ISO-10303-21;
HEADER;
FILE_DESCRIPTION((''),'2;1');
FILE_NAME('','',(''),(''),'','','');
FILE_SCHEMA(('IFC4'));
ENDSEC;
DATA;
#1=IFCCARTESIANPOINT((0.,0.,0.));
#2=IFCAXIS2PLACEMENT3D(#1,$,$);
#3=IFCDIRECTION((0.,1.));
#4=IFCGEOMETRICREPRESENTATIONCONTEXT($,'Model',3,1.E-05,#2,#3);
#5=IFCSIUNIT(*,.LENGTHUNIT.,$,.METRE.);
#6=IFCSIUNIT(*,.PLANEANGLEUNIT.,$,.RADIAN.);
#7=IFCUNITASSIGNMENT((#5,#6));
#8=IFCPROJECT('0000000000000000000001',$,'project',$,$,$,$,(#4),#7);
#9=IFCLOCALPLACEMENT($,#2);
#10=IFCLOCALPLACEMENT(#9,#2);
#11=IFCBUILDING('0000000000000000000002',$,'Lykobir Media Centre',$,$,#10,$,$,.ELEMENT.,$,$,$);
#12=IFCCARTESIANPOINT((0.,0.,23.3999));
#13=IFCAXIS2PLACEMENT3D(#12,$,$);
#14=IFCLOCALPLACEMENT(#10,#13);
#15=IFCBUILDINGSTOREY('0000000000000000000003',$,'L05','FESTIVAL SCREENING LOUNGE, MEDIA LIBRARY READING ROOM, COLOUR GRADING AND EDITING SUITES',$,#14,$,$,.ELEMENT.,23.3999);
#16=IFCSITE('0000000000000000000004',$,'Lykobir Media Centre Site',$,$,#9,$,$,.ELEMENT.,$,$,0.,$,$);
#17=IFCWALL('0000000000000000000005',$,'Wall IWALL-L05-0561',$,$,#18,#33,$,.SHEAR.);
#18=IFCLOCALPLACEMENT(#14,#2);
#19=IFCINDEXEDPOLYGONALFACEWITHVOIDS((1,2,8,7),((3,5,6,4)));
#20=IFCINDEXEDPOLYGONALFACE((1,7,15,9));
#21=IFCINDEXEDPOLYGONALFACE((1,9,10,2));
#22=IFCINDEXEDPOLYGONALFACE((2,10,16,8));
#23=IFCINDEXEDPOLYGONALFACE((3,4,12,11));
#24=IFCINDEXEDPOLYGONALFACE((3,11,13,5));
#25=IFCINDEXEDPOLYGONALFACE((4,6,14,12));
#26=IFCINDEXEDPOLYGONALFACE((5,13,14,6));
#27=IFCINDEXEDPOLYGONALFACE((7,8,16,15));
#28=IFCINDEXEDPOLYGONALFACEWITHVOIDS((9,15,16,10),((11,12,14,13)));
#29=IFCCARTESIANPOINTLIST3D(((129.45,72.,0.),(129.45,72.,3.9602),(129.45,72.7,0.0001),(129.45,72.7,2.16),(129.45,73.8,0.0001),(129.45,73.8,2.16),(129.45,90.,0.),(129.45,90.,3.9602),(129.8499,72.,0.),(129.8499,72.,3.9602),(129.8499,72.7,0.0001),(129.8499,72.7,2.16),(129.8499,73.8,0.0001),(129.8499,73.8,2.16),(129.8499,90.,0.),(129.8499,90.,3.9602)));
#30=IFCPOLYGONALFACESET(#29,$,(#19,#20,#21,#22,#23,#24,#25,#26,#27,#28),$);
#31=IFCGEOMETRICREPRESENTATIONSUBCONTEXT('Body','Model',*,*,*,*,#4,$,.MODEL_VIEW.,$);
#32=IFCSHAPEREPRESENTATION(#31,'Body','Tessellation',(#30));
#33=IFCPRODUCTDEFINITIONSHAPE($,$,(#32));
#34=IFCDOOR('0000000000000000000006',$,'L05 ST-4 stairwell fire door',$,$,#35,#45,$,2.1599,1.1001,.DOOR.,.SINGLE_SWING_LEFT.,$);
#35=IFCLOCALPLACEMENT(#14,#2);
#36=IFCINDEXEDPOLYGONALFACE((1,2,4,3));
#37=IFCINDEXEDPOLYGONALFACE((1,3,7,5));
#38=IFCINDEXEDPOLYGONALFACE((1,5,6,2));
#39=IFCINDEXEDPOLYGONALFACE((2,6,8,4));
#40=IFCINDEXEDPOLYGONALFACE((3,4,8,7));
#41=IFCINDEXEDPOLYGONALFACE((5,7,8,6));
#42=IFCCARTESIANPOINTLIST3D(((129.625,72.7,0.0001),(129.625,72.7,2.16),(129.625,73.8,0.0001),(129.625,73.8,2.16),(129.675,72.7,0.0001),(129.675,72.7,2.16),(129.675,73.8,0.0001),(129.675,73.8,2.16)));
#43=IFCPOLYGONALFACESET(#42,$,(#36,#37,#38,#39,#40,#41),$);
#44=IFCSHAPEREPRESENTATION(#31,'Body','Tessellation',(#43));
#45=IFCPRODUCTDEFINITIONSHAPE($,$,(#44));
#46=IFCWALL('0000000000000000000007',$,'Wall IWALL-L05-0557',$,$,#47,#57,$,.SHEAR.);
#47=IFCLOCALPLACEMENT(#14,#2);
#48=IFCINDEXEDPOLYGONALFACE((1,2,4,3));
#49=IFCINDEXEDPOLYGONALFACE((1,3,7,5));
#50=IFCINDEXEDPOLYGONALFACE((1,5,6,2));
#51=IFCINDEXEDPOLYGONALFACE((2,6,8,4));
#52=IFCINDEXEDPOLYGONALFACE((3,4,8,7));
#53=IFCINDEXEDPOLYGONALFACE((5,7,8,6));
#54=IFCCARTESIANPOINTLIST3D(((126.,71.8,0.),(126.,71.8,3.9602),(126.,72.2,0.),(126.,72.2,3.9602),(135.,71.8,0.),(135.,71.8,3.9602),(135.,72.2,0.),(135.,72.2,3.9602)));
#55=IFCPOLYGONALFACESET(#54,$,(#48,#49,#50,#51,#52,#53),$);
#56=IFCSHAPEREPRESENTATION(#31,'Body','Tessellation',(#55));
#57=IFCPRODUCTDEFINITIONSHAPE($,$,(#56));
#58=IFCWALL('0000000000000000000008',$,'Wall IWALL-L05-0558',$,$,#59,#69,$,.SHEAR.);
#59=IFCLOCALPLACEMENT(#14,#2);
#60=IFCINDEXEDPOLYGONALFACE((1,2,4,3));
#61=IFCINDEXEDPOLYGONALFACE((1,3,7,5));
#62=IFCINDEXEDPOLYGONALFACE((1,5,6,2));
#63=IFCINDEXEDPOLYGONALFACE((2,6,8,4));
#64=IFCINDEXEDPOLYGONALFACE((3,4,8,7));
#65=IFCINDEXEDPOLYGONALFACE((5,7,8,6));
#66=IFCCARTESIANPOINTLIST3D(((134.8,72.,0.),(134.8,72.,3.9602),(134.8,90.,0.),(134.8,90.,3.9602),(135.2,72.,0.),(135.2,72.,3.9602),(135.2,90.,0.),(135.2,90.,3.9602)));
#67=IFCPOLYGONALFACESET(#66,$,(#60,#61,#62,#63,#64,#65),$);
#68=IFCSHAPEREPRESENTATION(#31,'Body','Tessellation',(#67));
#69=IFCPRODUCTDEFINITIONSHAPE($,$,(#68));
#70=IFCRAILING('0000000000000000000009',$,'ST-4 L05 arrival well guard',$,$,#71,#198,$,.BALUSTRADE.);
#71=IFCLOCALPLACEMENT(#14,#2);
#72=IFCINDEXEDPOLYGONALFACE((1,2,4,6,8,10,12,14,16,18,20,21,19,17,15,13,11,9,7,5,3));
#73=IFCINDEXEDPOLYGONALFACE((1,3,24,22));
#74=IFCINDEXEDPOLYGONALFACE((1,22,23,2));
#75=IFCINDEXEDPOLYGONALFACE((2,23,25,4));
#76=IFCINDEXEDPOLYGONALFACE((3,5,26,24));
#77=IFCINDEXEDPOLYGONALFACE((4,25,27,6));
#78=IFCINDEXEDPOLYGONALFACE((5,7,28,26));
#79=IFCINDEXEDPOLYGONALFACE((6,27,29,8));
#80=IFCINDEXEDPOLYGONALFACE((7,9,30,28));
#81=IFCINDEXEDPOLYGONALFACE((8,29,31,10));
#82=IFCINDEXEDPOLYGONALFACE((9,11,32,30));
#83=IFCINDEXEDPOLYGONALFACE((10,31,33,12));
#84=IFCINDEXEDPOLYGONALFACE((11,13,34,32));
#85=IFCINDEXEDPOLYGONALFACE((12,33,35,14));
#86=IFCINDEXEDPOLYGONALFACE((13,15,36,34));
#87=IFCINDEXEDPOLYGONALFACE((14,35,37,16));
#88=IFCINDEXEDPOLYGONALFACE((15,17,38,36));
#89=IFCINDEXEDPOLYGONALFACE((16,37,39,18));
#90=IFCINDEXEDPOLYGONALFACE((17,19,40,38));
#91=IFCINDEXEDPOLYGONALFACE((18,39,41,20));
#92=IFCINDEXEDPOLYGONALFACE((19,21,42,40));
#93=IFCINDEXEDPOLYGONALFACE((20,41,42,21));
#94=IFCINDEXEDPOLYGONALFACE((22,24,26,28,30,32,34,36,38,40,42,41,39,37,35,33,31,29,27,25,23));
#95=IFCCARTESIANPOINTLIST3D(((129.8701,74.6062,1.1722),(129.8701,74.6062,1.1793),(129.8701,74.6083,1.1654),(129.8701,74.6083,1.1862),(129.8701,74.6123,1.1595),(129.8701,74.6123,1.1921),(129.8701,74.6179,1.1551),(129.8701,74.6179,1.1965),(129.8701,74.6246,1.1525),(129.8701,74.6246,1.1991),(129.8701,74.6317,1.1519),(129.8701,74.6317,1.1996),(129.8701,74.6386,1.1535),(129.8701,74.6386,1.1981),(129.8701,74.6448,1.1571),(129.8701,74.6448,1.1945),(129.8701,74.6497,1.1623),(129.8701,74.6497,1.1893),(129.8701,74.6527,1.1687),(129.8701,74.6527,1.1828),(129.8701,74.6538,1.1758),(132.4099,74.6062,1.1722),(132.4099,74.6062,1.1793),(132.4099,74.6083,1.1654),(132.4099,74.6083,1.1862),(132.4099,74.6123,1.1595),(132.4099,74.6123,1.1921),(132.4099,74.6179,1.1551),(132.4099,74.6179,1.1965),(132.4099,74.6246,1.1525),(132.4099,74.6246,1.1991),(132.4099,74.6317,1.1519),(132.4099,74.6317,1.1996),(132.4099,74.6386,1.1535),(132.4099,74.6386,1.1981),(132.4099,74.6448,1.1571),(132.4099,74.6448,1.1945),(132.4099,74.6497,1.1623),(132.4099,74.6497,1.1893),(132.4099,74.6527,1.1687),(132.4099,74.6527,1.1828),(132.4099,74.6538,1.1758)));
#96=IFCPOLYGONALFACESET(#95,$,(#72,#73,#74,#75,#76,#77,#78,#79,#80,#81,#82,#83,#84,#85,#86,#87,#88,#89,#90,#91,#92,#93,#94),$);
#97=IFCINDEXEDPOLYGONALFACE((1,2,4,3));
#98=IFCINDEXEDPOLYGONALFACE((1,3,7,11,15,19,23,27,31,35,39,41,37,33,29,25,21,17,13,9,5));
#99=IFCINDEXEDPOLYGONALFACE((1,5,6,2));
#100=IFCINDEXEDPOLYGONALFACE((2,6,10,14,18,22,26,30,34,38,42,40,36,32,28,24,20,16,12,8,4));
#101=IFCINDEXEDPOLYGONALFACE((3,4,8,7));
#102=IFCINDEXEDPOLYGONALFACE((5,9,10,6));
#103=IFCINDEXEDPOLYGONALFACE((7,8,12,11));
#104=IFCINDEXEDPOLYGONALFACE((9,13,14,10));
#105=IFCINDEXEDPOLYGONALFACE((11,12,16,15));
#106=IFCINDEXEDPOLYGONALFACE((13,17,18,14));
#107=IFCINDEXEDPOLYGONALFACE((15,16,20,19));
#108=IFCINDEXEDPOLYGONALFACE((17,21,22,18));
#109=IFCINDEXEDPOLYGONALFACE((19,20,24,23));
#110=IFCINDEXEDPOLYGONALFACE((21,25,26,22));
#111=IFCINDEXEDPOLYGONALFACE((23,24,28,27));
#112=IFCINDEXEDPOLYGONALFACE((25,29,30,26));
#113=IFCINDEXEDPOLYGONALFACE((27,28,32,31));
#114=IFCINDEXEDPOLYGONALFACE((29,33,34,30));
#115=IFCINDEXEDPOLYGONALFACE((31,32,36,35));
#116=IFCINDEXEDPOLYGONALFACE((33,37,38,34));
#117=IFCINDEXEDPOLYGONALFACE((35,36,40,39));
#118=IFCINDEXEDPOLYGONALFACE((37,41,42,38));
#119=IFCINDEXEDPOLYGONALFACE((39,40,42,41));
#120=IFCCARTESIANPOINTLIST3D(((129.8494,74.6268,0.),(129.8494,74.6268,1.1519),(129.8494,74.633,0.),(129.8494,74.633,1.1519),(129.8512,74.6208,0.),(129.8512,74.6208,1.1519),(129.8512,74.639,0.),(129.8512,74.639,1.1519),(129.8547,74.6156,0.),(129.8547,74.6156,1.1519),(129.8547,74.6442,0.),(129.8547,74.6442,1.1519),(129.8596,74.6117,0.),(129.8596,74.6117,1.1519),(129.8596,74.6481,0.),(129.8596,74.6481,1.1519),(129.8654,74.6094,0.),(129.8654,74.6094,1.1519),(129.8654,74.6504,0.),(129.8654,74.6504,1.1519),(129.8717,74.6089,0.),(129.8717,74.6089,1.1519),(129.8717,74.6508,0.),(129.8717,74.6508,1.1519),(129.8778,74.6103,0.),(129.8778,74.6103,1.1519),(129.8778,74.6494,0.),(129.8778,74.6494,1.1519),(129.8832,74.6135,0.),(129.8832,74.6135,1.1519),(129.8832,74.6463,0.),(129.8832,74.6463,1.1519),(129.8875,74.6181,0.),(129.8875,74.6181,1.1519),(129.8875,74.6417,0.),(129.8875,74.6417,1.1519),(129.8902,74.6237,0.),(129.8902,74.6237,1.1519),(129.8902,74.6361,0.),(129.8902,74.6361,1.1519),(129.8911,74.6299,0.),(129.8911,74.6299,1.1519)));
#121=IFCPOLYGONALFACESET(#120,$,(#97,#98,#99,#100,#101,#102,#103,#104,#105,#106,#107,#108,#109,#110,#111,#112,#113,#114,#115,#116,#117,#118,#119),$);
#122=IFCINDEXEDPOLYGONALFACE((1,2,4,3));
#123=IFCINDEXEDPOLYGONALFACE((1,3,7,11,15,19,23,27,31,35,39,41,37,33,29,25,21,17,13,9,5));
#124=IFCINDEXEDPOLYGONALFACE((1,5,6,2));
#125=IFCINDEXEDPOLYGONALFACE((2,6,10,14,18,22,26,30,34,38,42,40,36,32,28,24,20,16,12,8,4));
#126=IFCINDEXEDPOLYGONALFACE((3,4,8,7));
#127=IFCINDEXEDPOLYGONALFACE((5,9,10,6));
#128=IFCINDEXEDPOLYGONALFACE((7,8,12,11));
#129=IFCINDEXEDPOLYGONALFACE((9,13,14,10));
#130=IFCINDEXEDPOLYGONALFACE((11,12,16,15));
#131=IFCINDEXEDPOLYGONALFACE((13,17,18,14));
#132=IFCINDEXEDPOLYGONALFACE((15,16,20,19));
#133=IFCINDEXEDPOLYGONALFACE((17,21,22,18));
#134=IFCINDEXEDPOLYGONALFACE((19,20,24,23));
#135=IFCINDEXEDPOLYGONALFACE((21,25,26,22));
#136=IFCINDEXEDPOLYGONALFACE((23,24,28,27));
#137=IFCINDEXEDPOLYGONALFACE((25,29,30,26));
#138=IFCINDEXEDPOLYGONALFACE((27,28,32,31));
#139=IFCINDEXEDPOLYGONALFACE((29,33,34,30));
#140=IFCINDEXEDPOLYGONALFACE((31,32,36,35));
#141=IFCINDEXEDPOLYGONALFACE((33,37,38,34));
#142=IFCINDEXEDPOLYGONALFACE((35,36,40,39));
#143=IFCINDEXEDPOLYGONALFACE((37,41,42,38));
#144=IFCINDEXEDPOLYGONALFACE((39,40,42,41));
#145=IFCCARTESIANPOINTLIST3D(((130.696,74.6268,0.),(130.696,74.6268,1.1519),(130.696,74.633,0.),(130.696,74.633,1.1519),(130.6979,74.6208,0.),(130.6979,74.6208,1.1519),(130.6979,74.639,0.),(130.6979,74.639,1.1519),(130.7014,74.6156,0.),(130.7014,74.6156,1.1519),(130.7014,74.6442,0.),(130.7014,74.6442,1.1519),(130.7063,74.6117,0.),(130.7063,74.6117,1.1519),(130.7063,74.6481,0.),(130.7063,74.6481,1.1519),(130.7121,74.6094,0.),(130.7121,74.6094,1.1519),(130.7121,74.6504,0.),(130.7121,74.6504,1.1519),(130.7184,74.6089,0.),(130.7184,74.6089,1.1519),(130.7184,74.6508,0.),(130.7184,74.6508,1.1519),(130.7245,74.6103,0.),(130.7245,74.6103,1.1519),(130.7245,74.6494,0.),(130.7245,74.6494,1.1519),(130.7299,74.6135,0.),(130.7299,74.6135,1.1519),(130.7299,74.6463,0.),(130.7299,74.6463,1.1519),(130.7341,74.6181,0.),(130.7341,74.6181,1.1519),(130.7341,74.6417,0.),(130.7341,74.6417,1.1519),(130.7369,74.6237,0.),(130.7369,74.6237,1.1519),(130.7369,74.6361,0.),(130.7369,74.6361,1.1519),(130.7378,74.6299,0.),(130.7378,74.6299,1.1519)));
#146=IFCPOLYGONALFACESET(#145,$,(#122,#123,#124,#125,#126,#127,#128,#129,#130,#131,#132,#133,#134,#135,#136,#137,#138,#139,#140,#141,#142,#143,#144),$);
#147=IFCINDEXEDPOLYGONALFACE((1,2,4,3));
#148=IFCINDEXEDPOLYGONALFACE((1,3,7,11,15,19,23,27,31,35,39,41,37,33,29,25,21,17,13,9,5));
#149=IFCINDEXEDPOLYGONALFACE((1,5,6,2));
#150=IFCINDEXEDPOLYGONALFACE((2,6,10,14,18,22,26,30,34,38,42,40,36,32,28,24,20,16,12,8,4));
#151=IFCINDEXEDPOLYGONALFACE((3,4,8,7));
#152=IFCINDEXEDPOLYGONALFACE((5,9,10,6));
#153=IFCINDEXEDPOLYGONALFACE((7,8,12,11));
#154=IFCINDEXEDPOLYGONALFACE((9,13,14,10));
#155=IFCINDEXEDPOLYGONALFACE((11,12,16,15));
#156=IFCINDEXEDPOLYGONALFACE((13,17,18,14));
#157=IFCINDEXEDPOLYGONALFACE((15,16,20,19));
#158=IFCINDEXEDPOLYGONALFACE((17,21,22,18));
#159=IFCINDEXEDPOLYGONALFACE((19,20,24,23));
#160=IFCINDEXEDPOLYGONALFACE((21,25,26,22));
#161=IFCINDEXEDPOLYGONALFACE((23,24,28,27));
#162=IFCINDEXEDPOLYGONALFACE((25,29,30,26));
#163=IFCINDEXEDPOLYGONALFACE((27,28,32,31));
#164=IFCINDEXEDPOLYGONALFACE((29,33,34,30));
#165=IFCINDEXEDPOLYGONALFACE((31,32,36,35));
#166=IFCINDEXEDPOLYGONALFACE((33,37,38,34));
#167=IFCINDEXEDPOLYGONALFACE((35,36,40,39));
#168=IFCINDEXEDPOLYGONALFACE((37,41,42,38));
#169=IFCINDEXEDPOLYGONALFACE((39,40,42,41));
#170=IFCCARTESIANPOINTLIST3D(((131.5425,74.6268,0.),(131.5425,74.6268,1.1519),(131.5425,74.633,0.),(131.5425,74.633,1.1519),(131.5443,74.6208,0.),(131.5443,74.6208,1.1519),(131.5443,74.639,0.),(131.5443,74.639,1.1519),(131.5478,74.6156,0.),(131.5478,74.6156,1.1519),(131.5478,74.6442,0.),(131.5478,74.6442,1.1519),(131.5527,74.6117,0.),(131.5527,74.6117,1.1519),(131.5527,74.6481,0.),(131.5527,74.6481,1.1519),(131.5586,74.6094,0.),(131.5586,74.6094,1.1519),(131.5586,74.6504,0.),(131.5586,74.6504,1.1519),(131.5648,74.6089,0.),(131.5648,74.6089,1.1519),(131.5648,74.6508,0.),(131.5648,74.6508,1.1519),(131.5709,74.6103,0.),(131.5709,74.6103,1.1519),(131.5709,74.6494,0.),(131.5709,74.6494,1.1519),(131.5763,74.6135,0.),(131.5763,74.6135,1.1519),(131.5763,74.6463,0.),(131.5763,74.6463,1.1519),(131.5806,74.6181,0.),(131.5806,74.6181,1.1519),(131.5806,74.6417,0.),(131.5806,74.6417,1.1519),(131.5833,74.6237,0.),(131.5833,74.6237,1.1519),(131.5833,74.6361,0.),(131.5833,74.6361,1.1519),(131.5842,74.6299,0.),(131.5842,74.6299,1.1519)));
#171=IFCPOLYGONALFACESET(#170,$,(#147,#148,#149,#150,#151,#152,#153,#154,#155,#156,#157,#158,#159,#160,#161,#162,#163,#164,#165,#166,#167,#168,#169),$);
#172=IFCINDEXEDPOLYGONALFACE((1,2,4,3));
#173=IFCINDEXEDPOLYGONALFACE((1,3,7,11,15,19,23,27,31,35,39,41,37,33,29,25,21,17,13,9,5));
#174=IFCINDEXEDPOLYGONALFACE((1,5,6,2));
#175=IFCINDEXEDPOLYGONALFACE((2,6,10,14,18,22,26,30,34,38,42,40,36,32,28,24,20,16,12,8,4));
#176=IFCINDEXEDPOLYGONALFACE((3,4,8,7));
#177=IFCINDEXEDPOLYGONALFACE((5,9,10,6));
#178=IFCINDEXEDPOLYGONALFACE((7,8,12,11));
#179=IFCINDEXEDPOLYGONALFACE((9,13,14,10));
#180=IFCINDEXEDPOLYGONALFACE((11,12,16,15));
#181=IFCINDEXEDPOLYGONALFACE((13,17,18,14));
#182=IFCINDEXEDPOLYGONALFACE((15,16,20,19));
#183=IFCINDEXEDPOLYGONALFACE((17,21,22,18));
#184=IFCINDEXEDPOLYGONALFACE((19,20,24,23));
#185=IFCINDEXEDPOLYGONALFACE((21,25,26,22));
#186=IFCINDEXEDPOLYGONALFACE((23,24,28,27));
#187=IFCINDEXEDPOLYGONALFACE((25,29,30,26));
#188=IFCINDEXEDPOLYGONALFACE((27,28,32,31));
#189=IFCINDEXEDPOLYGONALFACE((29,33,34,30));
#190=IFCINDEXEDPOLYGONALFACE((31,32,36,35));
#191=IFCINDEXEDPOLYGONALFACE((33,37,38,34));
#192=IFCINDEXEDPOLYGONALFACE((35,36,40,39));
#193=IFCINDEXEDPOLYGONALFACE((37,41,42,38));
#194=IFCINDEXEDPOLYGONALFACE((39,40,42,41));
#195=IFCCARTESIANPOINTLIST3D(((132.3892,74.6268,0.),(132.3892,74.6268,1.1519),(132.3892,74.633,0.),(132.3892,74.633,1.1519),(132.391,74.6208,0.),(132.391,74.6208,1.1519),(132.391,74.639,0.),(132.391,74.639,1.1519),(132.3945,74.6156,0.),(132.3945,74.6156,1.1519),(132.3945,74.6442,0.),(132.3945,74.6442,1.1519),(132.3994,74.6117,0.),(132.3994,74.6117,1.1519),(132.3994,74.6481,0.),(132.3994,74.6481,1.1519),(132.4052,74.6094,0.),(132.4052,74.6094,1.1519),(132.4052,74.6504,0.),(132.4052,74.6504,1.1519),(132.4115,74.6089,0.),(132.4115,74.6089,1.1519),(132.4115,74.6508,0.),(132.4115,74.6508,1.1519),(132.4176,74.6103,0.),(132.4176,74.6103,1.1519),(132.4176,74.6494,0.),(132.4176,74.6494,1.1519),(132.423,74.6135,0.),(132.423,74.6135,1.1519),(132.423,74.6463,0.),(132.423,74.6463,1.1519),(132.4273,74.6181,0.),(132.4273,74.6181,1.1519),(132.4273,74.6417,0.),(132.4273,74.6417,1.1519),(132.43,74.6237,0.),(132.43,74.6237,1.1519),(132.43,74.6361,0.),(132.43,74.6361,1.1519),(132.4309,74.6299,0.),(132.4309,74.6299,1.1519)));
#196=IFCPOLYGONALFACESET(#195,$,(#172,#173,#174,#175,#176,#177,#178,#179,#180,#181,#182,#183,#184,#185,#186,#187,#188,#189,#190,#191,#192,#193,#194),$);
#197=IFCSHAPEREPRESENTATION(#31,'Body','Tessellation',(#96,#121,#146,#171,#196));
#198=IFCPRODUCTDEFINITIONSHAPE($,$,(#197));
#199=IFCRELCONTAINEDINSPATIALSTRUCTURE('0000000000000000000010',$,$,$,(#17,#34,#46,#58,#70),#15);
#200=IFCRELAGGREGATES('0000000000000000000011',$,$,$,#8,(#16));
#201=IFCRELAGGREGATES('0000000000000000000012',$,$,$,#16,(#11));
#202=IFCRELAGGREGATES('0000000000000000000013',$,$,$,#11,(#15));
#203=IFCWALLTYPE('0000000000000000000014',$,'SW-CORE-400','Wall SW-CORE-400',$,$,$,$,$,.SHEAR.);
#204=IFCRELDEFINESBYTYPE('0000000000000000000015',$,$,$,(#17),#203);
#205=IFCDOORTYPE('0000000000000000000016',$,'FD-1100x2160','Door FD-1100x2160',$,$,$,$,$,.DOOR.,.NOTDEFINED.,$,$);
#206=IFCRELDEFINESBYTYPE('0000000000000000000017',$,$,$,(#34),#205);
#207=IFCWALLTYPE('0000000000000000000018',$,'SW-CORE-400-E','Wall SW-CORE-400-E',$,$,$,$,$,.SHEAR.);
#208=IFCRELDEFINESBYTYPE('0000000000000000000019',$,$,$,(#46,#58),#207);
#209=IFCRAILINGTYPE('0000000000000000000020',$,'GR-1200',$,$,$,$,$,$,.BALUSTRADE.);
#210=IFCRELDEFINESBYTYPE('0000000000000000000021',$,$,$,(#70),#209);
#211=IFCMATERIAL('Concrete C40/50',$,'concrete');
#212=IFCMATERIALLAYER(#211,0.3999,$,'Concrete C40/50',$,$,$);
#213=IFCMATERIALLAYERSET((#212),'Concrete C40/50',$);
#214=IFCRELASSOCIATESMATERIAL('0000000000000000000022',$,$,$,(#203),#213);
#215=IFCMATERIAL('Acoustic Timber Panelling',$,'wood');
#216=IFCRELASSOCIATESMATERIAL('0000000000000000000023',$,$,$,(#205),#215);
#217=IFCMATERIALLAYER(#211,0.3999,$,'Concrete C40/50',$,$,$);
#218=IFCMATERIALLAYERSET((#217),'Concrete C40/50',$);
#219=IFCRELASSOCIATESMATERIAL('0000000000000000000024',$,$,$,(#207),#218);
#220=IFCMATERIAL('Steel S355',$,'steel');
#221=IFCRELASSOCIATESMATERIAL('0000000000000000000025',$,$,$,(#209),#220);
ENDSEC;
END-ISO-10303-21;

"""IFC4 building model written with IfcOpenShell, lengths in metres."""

from ifc_helpers import new_model, si_unit, direction, frame, frame_2d, origin, origin_2d, place, context, subcontext, project, spatial, rectangle, circle, extrude, material, layer, layer_set, type_object, element, fill, save


model = new_model("IFC4")

# Units and contexts
model_context = context("Model", 3, precision=1e-05, world=origin(), true_north=direction((0.0, 1.0)))
body_context = subcontext(model_context, "Body", "Model", "MODEL_VIEW")
ifc_project = project(units=[si_unit("LENGTHUNIT", "METRE"), si_unit("PLANEANGLEUNIT", "RADIAN")], contexts=[model_context])

# Site, building, storey
site_placement = place(None, origin())
site = spatial("IfcSite", under=ifc_project, at=site_placement, Name="Lykobir Media Centre Site", CompositionType="ELEMENT", RefElevation=0.0)
building_placement = place(site_placement, origin())
building = spatial("IfcBuilding", under=site, at=building_placement, Name="Lykobir Media Centre", CompositionType="ELEMENT")
storey_placement = place(building_placement, frame((0.0, 0.0, 23.3999)))
storey = spatial("IfcBuildingStorey", under=building, at=storey_placement, Name="L05", Description="FESTIVAL SCREENING LOUNGE, MEDIA LIBRARY READING ROOM, COLOUR GRADING AND EDITING SUITES", CompositionType="ELEMENT", Elevation=23.3999)

# Shared definitions
ifc_material_1 = material(Name="Concrete C40/50", Category="concrete")

# Shared definitions
ifc_material_2 = material(Name="Steel S355", Category="steel")

# Wall, opening, door
ifc_layer_1 = layer(ifc_material_1, 0.3999, Name="Concrete C40/50")
ifc_layer_set_1 = layer_set([ifc_layer_1], Name="Concrete C40/50")
wall_type_1 = type_object("IfcWallType", Name="SW-CORE-400", Description="Wall SW-CORE-400", PredefinedType="SHEAR", material=ifc_layer_set_1)
wall_1_placement = place(storey_placement, frame((129.6499, 72.0, 0.0), z_axis=(0.0, 0.0, 1.0), x_axis=(0.0, 1.0, 0.0)))
wall_1 = element("IfcWall", 1, at=wall_1_placement, inside=storey, type_object=wall_type_1, Name="Wall IWALL-L05-0561", PredefinedType="SHEAR", context=body_context, shape_type="SweptSolid", body=[
    extrude(rectangle(XDim=18.0, YDim=0.3999, at=frame_2d((9.0, 0.0))), origin(), (0.0, 0.0, 1.0), 3.9602),
])
opening_placement = place(wall_1_placement, frame((0.7, 0.0, 0.0)))
opening = element("IfcOpeningElement", 2, at=opening_placement, cuts=wall_1, PredefinedType="OPENING", context=body_context, shape_type="SweptSolid", body=[
    extrude(rectangle(XDim=1.1001, YDim=2.1599, at=frame_2d((0.55, 1.0801))), frame((0.0, 0.21, 0.0), z_axis=(0.0, -1.0, 0.0), x_axis=(1.0, 0.0, 0.0)), (0.0, 0.0, 1.0), 0.4199),
])
ifc_material_3 = material(Name="Acoustic Timber Panelling", Category="wood")
door_type = type_object("IfcDoorType", Name="FD-1100x2160", Description="Door FD-1100x2160", OperationType="NOTDEFINED", PredefinedType="DOOR", material=ifc_material_3)
door_placement = place(opening_placement, origin())
door = element("IfcDoor", 3, at=door_placement, inside=storey, type_object=door_type, Name="L05 ST-4 stairwell fire door", OperationType="SINGLE_SWING_LEFT", OverallHeight=2.1599, OverallWidth=1.1001, PredefinedType="DOOR", context=body_context, shape_type="SweptSolid", body=[
    extrude(rectangle(XDim=1.1001, YDim=2.1599, at=frame_2d((0.55, 1.0801))), frame((0.0, 0.0249, 0.0), z_axis=(0.0, -1.0, 0.0), x_axis=(1.0, 0.0, 0.0)), (0.0, 0.0, 1.0), 0.05),
])
fill(opening, door)

# Walls
ifc_layer_2 = layer(ifc_material_1, 0.3999, Name="Concrete C40/50")
ifc_layer_set_2 = layer_set([ifc_layer_2], Name="Concrete C40/50")
wall_type_2 = type_object("IfcWallType", Name="SW-CORE-400-E", Description="Wall SW-CORE-400-E", PredefinedType="SHEAR", material=ifc_layer_set_2)
wall_2_placement = place(storey_placement, frame((126.0, 72.0, 0.0), z_axis=(0.0, 0.0, 1.0), x_axis=(1.0, 0.0, 0.0)))
element("IfcWall", 4, at=wall_2_placement, inside=storey, type_object=wall_type_2, Name="Wall IWALL-L05-0557", PredefinedType="SHEAR", context=body_context, shape_type="SweptSolid", body=[
    extrude(rectangle(XDim=9.0, YDim=0.3999, at=frame_2d((4.5, 0.0))), origin(), (0.0, 0.0, 1.0), 3.9602),
])
wall_3_placement = place(storey_placement, frame((135.0, 72.0, 0.0), z_axis=(0.0, 0.0, 1.0), x_axis=(0.0, 1.0, 0.0)))
element("IfcWall", 5, at=wall_3_placement, inside=storey, type_object=wall_type_2, Name="Wall IWALL-L05-0558", PredefinedType="SHEAR", context=body_context, shape_type="SweptSolid", body=[
    extrude(rectangle(XDim=18.0, YDim=0.3999, at=frame_2d((9.0, 0.0))), origin(), (0.0, 0.0, 1.0), 3.9602),
])

# Railing
railing_type = type_object("IfcRailingType", Name="GR-1200", PredefinedType="BALUSTRADE", material=ifc_material_2)
railing_placement = place(storey_placement, frame((129.8701, 74.6299, 0.0)))
element("IfcRailing", 6, at=railing_placement, inside=storey, type_object=railing_type, Name="ST-4 L05 arrival well guard", PredefinedType="BALUSTRADE", context=body_context, shape_type="SweptSolid", body=[
    extrude(circle(Radius=0.0239, at=origin_2d()), frame((0.0, 0.0, 1.1758), z_axis=(1.0, 0.0, 0.0), x_axis=(0.0, 1.0, 0.0)), (0.0, 0.0, 1.0), 2.5398),
    extrude(circle(Radius=0.021, at=origin_2d()), origin(), (0.0, 0.0, 1.0), 1.1519),
    extrude(circle(Radius=0.021, at=origin_2d()), frame((0.8467, 0.0, 0.0)), (0.0, 0.0, 1.0), 1.1519),
    extrude(circle(Radius=0.021, at=origin_2d()), frame((1.6931, 0.0, 0.0)), (0.0, 0.0, 1.0), 1.1519),
    extrude(circle(Radius=0.021, at=origin_2d()), frame((2.5398, 0.0, 0.0)), (0.0, 0.0, 1.0), 1.1519),
])

save(model, "model.ifc")
